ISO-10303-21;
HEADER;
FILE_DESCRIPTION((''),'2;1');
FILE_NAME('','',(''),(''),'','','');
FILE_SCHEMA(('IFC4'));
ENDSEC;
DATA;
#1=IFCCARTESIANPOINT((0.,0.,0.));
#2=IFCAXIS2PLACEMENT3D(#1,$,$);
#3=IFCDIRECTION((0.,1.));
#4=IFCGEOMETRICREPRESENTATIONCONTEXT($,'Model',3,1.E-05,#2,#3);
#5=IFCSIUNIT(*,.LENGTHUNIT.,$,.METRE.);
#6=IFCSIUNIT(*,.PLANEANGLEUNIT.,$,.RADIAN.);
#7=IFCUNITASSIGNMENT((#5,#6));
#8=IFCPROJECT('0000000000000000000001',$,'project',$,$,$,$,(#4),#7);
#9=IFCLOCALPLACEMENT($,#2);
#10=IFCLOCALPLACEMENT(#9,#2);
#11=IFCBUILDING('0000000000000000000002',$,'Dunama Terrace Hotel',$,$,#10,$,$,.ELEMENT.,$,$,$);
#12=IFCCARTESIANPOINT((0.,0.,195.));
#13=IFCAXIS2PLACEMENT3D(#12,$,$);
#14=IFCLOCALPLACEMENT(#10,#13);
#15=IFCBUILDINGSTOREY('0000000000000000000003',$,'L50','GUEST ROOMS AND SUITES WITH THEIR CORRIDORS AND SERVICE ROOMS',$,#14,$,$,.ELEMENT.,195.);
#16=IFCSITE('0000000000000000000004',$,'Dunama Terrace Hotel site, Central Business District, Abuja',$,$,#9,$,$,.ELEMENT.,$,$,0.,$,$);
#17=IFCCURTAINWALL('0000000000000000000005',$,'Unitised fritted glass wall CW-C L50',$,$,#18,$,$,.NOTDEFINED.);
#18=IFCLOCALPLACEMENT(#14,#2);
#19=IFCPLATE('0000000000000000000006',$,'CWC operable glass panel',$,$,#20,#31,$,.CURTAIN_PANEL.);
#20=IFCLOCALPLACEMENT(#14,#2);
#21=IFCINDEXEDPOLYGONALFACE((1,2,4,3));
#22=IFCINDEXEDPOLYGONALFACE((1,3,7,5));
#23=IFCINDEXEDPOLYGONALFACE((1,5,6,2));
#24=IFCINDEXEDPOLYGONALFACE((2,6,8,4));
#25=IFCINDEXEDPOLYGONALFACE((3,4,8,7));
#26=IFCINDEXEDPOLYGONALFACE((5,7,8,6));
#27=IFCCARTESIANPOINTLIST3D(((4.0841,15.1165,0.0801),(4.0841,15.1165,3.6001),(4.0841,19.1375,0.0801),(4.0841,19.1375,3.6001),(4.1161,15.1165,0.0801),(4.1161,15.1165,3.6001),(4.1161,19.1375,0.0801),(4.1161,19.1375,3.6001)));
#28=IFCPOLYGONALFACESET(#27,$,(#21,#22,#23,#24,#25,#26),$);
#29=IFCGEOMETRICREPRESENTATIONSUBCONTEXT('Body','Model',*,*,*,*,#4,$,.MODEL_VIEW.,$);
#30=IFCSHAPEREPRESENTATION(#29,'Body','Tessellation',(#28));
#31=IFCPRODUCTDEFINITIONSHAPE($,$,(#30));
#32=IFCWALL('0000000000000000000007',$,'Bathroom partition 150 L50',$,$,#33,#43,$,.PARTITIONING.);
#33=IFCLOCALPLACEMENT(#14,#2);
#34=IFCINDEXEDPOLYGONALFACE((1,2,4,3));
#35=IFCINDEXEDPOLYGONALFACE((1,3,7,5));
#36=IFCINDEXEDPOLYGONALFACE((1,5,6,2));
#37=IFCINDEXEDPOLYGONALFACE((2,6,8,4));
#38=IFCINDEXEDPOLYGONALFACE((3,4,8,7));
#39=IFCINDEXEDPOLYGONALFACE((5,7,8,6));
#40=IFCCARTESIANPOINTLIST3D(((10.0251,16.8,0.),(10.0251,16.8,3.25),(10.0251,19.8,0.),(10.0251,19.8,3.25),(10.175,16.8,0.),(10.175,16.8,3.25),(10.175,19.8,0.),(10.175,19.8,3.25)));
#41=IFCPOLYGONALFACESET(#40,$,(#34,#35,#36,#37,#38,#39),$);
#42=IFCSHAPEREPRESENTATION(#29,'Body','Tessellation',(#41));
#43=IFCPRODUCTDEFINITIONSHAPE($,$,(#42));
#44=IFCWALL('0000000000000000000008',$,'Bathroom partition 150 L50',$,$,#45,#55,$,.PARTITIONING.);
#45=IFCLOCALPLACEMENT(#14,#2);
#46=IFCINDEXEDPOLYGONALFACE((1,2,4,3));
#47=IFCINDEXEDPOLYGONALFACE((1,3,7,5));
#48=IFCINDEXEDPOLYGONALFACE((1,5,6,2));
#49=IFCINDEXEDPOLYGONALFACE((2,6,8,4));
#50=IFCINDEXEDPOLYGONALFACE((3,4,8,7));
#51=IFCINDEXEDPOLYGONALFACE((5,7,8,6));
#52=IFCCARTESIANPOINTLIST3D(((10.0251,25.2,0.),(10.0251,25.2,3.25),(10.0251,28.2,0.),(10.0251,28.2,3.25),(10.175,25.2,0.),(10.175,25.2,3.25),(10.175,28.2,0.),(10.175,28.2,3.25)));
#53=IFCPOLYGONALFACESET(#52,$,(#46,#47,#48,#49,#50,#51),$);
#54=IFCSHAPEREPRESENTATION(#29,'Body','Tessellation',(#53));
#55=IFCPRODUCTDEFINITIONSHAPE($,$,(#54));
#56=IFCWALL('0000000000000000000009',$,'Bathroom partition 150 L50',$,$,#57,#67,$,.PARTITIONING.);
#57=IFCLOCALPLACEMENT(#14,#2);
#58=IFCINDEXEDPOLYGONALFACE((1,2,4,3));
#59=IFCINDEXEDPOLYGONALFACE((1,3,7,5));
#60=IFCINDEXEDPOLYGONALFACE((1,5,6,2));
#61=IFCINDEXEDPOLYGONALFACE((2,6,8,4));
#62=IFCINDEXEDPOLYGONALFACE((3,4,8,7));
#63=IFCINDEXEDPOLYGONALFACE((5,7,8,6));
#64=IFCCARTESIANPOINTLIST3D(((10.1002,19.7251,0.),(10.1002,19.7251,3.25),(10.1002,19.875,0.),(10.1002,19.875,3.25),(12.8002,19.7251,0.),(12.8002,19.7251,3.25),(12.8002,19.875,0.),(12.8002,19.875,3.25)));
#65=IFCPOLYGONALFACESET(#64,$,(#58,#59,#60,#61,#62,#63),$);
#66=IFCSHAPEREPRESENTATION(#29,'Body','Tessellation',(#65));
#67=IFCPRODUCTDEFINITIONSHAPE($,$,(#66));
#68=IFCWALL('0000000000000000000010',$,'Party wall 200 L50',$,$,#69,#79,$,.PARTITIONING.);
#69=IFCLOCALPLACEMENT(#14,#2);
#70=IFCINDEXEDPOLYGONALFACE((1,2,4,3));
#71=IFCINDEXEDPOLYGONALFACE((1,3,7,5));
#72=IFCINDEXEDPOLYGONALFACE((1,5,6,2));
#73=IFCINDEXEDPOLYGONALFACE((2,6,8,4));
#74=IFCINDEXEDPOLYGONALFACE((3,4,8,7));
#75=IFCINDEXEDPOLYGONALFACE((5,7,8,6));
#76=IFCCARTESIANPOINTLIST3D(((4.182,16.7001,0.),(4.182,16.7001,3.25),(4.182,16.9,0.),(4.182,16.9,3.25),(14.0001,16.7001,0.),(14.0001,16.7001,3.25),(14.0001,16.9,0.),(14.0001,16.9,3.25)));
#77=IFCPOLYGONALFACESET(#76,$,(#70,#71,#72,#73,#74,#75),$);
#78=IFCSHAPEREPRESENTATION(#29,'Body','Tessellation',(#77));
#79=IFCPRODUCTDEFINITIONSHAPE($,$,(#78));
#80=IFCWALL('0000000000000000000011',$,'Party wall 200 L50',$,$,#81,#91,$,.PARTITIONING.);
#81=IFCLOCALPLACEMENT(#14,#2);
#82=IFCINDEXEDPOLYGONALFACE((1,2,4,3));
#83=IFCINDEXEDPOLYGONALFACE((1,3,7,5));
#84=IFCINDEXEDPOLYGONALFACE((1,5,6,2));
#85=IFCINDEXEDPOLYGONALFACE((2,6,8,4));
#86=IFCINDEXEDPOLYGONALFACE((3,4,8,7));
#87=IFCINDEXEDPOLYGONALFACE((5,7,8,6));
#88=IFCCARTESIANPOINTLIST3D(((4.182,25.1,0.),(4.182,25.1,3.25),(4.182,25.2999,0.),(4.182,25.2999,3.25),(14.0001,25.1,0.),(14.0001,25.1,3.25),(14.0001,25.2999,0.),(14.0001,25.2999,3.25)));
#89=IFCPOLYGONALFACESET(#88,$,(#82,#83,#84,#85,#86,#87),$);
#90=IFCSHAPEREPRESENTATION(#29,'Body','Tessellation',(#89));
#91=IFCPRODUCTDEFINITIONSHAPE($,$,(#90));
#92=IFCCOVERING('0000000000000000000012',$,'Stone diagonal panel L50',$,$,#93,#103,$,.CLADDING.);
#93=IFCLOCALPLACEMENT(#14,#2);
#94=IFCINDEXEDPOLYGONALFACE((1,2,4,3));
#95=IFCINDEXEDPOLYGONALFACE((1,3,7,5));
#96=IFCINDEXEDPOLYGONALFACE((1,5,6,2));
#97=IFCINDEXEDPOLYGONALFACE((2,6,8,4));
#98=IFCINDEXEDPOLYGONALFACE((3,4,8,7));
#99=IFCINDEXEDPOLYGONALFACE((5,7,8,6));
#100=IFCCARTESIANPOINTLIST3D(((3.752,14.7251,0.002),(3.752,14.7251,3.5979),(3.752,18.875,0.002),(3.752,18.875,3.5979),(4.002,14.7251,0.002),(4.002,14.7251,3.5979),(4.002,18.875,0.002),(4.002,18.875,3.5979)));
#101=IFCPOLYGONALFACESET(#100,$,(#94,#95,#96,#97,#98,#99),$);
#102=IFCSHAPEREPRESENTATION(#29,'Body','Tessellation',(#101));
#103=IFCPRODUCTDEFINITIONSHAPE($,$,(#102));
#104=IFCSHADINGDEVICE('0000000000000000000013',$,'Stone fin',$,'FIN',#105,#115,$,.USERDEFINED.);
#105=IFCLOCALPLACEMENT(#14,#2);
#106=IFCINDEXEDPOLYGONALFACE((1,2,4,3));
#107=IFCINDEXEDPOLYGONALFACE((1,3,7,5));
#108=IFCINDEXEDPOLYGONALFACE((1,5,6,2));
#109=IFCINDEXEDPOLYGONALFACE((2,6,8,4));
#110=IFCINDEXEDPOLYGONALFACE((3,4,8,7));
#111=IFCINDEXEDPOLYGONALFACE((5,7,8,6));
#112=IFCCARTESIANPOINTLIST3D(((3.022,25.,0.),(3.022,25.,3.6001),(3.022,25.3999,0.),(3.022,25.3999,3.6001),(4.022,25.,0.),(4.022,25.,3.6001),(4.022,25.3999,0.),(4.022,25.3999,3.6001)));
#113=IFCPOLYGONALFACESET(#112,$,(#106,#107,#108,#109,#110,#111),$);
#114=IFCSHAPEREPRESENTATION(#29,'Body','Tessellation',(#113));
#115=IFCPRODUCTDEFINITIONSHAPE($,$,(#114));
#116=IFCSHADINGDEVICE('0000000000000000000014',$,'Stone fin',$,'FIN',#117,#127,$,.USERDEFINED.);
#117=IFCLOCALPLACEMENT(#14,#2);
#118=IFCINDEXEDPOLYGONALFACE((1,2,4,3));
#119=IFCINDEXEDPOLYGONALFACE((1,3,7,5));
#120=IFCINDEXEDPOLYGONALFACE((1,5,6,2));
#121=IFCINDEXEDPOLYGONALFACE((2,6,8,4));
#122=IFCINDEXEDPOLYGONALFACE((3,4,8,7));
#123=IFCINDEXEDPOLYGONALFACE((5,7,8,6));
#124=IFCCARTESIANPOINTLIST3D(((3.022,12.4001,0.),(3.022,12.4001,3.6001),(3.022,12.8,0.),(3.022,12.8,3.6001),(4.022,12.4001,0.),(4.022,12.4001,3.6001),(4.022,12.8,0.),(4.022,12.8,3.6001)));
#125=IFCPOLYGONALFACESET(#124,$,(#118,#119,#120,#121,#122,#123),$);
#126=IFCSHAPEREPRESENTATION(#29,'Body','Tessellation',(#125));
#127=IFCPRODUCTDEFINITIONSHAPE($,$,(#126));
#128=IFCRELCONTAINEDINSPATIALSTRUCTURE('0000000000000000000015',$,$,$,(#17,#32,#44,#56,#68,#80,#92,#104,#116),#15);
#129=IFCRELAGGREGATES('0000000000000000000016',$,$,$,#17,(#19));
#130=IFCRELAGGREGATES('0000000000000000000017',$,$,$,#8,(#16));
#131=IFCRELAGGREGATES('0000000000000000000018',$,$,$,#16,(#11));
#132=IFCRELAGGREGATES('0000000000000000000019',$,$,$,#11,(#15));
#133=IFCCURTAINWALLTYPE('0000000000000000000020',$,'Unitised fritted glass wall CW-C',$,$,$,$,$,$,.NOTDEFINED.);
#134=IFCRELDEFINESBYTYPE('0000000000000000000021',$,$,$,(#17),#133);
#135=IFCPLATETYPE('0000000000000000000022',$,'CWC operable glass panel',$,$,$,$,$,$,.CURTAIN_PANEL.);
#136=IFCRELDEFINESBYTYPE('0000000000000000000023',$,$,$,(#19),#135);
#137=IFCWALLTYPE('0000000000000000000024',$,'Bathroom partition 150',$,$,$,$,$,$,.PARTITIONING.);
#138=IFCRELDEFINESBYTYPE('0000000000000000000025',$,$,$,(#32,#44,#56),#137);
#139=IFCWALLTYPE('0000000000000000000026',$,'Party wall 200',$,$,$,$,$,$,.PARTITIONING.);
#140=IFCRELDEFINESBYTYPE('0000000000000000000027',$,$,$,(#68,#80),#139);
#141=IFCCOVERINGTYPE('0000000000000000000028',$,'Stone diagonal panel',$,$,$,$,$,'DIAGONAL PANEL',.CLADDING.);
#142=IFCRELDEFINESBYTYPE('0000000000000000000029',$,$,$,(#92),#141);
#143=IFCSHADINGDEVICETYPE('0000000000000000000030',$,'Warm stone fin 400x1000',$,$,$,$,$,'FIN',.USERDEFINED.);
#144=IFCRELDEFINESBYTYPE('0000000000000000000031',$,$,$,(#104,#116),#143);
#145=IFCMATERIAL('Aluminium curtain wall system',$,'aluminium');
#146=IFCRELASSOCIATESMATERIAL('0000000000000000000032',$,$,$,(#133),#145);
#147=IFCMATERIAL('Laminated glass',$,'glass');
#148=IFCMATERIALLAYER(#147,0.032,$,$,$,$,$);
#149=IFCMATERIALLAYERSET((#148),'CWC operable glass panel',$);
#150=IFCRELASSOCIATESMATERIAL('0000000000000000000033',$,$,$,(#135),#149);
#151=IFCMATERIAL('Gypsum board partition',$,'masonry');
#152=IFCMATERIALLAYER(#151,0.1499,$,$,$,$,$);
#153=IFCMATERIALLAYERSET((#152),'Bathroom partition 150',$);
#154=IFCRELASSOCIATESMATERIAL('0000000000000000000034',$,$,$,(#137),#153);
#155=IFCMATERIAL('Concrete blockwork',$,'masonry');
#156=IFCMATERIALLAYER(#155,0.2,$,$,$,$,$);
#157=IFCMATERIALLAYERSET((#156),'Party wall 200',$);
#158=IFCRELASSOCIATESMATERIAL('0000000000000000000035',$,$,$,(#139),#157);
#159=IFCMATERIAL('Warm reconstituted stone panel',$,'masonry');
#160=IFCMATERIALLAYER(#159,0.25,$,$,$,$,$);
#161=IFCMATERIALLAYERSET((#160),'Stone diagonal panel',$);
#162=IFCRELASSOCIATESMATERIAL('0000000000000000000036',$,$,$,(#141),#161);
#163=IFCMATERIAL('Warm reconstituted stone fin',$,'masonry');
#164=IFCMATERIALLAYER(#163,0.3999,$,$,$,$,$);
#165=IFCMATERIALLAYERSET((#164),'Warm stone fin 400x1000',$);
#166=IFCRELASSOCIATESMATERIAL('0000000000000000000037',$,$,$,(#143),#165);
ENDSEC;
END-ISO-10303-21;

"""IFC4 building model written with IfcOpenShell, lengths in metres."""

from ifc_helpers import new_model, si_unit, direction, frame, frame_2d, origin, origin_2d, place, context, subcontext, project, spatial, rectangle, extrude, material, layer, layer_set, type_object, element, aggregate, save


model = new_model("IFC4")

# Units and contexts
model_context = context("Model", 3, precision=1e-05, world=origin(), true_north=direction((0.0, 1.0)))
body_context = subcontext(model_context, "Body", "Model", "MODEL_VIEW")
ifc_project = project(units=[si_unit("LENGTHUNIT", "METRE"), si_unit("PLANEANGLEUNIT", "RADIAN")], contexts=[model_context])

# Site, building, storey
site_placement = place(None, origin())
site = spatial("IfcSite", under=ifc_project, at=site_placement, Name="Dunama Terrace Hotel site, Central Business District, Abuja", CompositionType="ELEMENT", RefElevation=0.0)
building_placement = place(site_placement, origin())
building = spatial("IfcBuilding", under=site, at=building_placement, Name="Dunama Terrace Hotel", CompositionType="ELEMENT")
storey_placement = place(building_placement, frame((0.0, 0.0, 195.0)))
storey = spatial("IfcBuildingStorey", under=building, at=storey_placement, Name="L50", Description="GUEST ROOMS AND SUITES WITH THEIR CORRIDORS AND SERVICE ROOMS", CompositionType="ELEMENT", Elevation=195.0)

# Curtain wall
ifc_material_1 = material(Name="Aluminium curtain wall system", Category="aluminium")
curtain_wall_type = type_object("IfcCurtainWallType", Name="Unitised fritted glass wall CW-C", PredefinedType="NOTDEFINED", material=ifc_material_1)
curtain_wall_placement = place(storey_placement, origin())
curtain_wall = element("IfcCurtainWall", 1, at=curtain_wall_placement, inside=storey, type_object=curtain_wall_type, Name="Unitised fritted glass wall CW-C L50", PredefinedType="NOTDEFINED")

# Plate
ifc_material_2 = material(Name="Laminated glass", Category="glass")
ifc_layer_1 = layer(ifc_material_2, 0.032)
ifc_layer_set_1 = layer_set([ifc_layer_1], Name="CWC operable glass panel")
plate_type_1 = type_object("IfcPlateType", Name="CWC operable glass panel", PredefinedType="CURTAIN_PANEL", material=ifc_layer_set_1)
plate_1_placement = place(storey_placement, frame((4.1001, 17.127, 0.0801), z_axis=(0.0, 0.0, 1.0), x_axis=(0.0, -1.0, 0.0)))
plate_1 = element("IfcPlate", 2, at=plate_1_placement, type_object=plate_type_1, Name="CWC operable glass panel", PredefinedType="CURTAIN_PANEL", context=body_context, shape_type="SweptSolid", body=[
    extrude(rectangle(XDim=4.021, YDim=0.032, at=origin_2d()), origin(), (0.0, 0.0, 1.0), 3.52),
])
aggregate(curtain_wall, [plate_1])

# Walls
ifc_material_3 = material(Name="Gypsum board partition", Category="masonry")
ifc_layer_2 = layer(ifc_material_3, 0.1499)
ifc_layer_set_2 = layer_set([ifc_layer_2], Name="Bathroom partition 150")
wall_type_1 = type_object("IfcWallType", Name="Bathroom partition 150", PredefinedType="PARTITIONING", material=ifc_layer_set_2)
for number, where, z_axis, x_axis, name in (
    (3, (10.1001, 16.8, 0.0), (0.0, 0.0, 1.0), (0.0, 1.0, 0.0), "Bathroom partition 150 L50"),
    (4, (10.1001, 25.2, 0.0), (0.0, 0.0, 1.0), (0.0, 1.0, 0.0), "Bathroom partition 150 L50"),
):
    element("IfcWall", number, at=place(storey_placement, frame(where, z_axis=z_axis, x_axis=x_axis)), inside=storey, type_object=wall_type_1, Name=name, PredefinedType="PARTITIONING", context=body_context, shape_type="SweptSolid", body=[
        extrude(rectangle(XDim=3.0, YDim=0.1499, at=frame_2d((1.5, 0.0))), origin(), (0.0, 0.0, 1.0), 3.25),
    ])
wall_placement = place(storey_placement, frame((10.1001, 19.8, 0.0), z_axis=(0.0, 0.0, 1.0), x_axis=(1.0, 0.0, 0.0)))
element("IfcWall", 5, at=wall_placement, inside=storey, type_object=wall_type_1, Name="Bathroom partition 150 L50", PredefinedType="PARTITIONING", context=body_context, shape_type="SweptSolid", body=[
    extrude(rectangle(XDim=2.7, YDim=0.1499, at=frame_2d((1.3501, 0.0))), origin(), (0.0, 0.0, 1.0), 3.25),
])
ifc_material_4 = material(Name="Concrete blockwork", Category="masonry")
ifc_layer_3 = layer(ifc_material_4, 0.2)
ifc_layer_set_3 = layer_set([ifc_layer_3], Name="Party wall 200")
wall_type_2 = type_object("IfcWallType", Name="Party wall 200", PredefinedType="PARTITIONING", material=ifc_layer_set_3)
for number, where, z_axis, x_axis, name in (
    (6, (4.1819, 16.8, 0.0), (0.0, 0.0, 1.0), (1.0, 0.0, 0.0), "Party wall 200 L50"),
    (7, (4.1819, 25.2, 0.0), (0.0, 0.0, 1.0), (1.0, 0.0, 0.0), "Party wall 200 L50"),
):
    element("IfcWall", number, at=place(storey_placement, frame(where, z_axis=z_axis, x_axis=x_axis)), inside=storey, type_object=wall_type_2, Name=name, PredefinedType="PARTITIONING", context=body_context, shape_type="SweptSolid", body=[
        extrude(rectangle(XDim=9.8181, YDim=0.2, at=frame_2d((4.9092, 0.0))), origin(), (0.0, 0.0, 1.0), 3.25),
    ])

# Covering
ifc_material_5 = material(Name="Warm reconstituted stone panel", Category="masonry")
ifc_layer_4 = layer(ifc_material_5, 0.25)
ifc_layer_set_4 = layer_set([ifc_layer_4], Name="Stone diagonal panel")
covering_type = type_object("IfcCoveringType", Name="Stone diagonal panel", ElementType="DIAGONAL PANEL", PredefinedType="CLADDING", material=ifc_layer_set_4)
covering_placement = place(storey_placement, frame((3.877, 16.8, 0.002), z_axis=(0.0, 0.0, 1.0), x_axis=(0.0, -1.0, 0.0)))
element("IfcCovering", 8, at=covering_placement, inside=storey, type_object=covering_type, Name="Stone diagonal panel L50", PredefinedType="CLADDING", context=body_context, shape_type="SweptSolid", body=[
    extrude(rectangle(XDim=4.1499, YDim=0.25, at=origin_2d()), origin(), (0.0, 0.0, 1.0), 3.5959),
])

# Shading devices
ifc_material_6 = material(Name="Warm reconstituted stone fin", Category="masonry")
ifc_layer_5 = layer(ifc_material_6, 0.3999)
ifc_layer_set_5 = layer_set([ifc_layer_5], Name="Warm stone fin 400x1000")
shading_device_type = type_object("IfcShadingDeviceType", Name="Warm stone fin 400x1000", ElementType="FIN", PredefinedType="USERDEFINED", material=ifc_layer_set_5)
for number, where, z_axis, x_axis, name in (
    (9, (3.522, 25.2, 0.0), (0.0, 0.0, 1.0), (0.0, -1.0, 0.0), "Stone fin"),
    (10, (3.522, 12.6001, 0.0), (0.0, 0.0, 1.0), (0.0, -1.0, 0.0), "Stone fin"),
):
    element("IfcShadingDevice", number, at=place(storey_placement, frame(where, z_axis=z_axis, x_axis=x_axis)), inside=storey, type_object=shading_device_type, Name=name, ObjectType="FIN", PredefinedType="USERDEFINED", context=body_context, shape_type="SweptSolid", body=[
        extrude(rectangle(XDim=0.3999, YDim=1.0, at=origin_2d()), origin(), (0.0, 0.0, 1.0), 3.6001),
    ])

save(model, "model.ifc")
